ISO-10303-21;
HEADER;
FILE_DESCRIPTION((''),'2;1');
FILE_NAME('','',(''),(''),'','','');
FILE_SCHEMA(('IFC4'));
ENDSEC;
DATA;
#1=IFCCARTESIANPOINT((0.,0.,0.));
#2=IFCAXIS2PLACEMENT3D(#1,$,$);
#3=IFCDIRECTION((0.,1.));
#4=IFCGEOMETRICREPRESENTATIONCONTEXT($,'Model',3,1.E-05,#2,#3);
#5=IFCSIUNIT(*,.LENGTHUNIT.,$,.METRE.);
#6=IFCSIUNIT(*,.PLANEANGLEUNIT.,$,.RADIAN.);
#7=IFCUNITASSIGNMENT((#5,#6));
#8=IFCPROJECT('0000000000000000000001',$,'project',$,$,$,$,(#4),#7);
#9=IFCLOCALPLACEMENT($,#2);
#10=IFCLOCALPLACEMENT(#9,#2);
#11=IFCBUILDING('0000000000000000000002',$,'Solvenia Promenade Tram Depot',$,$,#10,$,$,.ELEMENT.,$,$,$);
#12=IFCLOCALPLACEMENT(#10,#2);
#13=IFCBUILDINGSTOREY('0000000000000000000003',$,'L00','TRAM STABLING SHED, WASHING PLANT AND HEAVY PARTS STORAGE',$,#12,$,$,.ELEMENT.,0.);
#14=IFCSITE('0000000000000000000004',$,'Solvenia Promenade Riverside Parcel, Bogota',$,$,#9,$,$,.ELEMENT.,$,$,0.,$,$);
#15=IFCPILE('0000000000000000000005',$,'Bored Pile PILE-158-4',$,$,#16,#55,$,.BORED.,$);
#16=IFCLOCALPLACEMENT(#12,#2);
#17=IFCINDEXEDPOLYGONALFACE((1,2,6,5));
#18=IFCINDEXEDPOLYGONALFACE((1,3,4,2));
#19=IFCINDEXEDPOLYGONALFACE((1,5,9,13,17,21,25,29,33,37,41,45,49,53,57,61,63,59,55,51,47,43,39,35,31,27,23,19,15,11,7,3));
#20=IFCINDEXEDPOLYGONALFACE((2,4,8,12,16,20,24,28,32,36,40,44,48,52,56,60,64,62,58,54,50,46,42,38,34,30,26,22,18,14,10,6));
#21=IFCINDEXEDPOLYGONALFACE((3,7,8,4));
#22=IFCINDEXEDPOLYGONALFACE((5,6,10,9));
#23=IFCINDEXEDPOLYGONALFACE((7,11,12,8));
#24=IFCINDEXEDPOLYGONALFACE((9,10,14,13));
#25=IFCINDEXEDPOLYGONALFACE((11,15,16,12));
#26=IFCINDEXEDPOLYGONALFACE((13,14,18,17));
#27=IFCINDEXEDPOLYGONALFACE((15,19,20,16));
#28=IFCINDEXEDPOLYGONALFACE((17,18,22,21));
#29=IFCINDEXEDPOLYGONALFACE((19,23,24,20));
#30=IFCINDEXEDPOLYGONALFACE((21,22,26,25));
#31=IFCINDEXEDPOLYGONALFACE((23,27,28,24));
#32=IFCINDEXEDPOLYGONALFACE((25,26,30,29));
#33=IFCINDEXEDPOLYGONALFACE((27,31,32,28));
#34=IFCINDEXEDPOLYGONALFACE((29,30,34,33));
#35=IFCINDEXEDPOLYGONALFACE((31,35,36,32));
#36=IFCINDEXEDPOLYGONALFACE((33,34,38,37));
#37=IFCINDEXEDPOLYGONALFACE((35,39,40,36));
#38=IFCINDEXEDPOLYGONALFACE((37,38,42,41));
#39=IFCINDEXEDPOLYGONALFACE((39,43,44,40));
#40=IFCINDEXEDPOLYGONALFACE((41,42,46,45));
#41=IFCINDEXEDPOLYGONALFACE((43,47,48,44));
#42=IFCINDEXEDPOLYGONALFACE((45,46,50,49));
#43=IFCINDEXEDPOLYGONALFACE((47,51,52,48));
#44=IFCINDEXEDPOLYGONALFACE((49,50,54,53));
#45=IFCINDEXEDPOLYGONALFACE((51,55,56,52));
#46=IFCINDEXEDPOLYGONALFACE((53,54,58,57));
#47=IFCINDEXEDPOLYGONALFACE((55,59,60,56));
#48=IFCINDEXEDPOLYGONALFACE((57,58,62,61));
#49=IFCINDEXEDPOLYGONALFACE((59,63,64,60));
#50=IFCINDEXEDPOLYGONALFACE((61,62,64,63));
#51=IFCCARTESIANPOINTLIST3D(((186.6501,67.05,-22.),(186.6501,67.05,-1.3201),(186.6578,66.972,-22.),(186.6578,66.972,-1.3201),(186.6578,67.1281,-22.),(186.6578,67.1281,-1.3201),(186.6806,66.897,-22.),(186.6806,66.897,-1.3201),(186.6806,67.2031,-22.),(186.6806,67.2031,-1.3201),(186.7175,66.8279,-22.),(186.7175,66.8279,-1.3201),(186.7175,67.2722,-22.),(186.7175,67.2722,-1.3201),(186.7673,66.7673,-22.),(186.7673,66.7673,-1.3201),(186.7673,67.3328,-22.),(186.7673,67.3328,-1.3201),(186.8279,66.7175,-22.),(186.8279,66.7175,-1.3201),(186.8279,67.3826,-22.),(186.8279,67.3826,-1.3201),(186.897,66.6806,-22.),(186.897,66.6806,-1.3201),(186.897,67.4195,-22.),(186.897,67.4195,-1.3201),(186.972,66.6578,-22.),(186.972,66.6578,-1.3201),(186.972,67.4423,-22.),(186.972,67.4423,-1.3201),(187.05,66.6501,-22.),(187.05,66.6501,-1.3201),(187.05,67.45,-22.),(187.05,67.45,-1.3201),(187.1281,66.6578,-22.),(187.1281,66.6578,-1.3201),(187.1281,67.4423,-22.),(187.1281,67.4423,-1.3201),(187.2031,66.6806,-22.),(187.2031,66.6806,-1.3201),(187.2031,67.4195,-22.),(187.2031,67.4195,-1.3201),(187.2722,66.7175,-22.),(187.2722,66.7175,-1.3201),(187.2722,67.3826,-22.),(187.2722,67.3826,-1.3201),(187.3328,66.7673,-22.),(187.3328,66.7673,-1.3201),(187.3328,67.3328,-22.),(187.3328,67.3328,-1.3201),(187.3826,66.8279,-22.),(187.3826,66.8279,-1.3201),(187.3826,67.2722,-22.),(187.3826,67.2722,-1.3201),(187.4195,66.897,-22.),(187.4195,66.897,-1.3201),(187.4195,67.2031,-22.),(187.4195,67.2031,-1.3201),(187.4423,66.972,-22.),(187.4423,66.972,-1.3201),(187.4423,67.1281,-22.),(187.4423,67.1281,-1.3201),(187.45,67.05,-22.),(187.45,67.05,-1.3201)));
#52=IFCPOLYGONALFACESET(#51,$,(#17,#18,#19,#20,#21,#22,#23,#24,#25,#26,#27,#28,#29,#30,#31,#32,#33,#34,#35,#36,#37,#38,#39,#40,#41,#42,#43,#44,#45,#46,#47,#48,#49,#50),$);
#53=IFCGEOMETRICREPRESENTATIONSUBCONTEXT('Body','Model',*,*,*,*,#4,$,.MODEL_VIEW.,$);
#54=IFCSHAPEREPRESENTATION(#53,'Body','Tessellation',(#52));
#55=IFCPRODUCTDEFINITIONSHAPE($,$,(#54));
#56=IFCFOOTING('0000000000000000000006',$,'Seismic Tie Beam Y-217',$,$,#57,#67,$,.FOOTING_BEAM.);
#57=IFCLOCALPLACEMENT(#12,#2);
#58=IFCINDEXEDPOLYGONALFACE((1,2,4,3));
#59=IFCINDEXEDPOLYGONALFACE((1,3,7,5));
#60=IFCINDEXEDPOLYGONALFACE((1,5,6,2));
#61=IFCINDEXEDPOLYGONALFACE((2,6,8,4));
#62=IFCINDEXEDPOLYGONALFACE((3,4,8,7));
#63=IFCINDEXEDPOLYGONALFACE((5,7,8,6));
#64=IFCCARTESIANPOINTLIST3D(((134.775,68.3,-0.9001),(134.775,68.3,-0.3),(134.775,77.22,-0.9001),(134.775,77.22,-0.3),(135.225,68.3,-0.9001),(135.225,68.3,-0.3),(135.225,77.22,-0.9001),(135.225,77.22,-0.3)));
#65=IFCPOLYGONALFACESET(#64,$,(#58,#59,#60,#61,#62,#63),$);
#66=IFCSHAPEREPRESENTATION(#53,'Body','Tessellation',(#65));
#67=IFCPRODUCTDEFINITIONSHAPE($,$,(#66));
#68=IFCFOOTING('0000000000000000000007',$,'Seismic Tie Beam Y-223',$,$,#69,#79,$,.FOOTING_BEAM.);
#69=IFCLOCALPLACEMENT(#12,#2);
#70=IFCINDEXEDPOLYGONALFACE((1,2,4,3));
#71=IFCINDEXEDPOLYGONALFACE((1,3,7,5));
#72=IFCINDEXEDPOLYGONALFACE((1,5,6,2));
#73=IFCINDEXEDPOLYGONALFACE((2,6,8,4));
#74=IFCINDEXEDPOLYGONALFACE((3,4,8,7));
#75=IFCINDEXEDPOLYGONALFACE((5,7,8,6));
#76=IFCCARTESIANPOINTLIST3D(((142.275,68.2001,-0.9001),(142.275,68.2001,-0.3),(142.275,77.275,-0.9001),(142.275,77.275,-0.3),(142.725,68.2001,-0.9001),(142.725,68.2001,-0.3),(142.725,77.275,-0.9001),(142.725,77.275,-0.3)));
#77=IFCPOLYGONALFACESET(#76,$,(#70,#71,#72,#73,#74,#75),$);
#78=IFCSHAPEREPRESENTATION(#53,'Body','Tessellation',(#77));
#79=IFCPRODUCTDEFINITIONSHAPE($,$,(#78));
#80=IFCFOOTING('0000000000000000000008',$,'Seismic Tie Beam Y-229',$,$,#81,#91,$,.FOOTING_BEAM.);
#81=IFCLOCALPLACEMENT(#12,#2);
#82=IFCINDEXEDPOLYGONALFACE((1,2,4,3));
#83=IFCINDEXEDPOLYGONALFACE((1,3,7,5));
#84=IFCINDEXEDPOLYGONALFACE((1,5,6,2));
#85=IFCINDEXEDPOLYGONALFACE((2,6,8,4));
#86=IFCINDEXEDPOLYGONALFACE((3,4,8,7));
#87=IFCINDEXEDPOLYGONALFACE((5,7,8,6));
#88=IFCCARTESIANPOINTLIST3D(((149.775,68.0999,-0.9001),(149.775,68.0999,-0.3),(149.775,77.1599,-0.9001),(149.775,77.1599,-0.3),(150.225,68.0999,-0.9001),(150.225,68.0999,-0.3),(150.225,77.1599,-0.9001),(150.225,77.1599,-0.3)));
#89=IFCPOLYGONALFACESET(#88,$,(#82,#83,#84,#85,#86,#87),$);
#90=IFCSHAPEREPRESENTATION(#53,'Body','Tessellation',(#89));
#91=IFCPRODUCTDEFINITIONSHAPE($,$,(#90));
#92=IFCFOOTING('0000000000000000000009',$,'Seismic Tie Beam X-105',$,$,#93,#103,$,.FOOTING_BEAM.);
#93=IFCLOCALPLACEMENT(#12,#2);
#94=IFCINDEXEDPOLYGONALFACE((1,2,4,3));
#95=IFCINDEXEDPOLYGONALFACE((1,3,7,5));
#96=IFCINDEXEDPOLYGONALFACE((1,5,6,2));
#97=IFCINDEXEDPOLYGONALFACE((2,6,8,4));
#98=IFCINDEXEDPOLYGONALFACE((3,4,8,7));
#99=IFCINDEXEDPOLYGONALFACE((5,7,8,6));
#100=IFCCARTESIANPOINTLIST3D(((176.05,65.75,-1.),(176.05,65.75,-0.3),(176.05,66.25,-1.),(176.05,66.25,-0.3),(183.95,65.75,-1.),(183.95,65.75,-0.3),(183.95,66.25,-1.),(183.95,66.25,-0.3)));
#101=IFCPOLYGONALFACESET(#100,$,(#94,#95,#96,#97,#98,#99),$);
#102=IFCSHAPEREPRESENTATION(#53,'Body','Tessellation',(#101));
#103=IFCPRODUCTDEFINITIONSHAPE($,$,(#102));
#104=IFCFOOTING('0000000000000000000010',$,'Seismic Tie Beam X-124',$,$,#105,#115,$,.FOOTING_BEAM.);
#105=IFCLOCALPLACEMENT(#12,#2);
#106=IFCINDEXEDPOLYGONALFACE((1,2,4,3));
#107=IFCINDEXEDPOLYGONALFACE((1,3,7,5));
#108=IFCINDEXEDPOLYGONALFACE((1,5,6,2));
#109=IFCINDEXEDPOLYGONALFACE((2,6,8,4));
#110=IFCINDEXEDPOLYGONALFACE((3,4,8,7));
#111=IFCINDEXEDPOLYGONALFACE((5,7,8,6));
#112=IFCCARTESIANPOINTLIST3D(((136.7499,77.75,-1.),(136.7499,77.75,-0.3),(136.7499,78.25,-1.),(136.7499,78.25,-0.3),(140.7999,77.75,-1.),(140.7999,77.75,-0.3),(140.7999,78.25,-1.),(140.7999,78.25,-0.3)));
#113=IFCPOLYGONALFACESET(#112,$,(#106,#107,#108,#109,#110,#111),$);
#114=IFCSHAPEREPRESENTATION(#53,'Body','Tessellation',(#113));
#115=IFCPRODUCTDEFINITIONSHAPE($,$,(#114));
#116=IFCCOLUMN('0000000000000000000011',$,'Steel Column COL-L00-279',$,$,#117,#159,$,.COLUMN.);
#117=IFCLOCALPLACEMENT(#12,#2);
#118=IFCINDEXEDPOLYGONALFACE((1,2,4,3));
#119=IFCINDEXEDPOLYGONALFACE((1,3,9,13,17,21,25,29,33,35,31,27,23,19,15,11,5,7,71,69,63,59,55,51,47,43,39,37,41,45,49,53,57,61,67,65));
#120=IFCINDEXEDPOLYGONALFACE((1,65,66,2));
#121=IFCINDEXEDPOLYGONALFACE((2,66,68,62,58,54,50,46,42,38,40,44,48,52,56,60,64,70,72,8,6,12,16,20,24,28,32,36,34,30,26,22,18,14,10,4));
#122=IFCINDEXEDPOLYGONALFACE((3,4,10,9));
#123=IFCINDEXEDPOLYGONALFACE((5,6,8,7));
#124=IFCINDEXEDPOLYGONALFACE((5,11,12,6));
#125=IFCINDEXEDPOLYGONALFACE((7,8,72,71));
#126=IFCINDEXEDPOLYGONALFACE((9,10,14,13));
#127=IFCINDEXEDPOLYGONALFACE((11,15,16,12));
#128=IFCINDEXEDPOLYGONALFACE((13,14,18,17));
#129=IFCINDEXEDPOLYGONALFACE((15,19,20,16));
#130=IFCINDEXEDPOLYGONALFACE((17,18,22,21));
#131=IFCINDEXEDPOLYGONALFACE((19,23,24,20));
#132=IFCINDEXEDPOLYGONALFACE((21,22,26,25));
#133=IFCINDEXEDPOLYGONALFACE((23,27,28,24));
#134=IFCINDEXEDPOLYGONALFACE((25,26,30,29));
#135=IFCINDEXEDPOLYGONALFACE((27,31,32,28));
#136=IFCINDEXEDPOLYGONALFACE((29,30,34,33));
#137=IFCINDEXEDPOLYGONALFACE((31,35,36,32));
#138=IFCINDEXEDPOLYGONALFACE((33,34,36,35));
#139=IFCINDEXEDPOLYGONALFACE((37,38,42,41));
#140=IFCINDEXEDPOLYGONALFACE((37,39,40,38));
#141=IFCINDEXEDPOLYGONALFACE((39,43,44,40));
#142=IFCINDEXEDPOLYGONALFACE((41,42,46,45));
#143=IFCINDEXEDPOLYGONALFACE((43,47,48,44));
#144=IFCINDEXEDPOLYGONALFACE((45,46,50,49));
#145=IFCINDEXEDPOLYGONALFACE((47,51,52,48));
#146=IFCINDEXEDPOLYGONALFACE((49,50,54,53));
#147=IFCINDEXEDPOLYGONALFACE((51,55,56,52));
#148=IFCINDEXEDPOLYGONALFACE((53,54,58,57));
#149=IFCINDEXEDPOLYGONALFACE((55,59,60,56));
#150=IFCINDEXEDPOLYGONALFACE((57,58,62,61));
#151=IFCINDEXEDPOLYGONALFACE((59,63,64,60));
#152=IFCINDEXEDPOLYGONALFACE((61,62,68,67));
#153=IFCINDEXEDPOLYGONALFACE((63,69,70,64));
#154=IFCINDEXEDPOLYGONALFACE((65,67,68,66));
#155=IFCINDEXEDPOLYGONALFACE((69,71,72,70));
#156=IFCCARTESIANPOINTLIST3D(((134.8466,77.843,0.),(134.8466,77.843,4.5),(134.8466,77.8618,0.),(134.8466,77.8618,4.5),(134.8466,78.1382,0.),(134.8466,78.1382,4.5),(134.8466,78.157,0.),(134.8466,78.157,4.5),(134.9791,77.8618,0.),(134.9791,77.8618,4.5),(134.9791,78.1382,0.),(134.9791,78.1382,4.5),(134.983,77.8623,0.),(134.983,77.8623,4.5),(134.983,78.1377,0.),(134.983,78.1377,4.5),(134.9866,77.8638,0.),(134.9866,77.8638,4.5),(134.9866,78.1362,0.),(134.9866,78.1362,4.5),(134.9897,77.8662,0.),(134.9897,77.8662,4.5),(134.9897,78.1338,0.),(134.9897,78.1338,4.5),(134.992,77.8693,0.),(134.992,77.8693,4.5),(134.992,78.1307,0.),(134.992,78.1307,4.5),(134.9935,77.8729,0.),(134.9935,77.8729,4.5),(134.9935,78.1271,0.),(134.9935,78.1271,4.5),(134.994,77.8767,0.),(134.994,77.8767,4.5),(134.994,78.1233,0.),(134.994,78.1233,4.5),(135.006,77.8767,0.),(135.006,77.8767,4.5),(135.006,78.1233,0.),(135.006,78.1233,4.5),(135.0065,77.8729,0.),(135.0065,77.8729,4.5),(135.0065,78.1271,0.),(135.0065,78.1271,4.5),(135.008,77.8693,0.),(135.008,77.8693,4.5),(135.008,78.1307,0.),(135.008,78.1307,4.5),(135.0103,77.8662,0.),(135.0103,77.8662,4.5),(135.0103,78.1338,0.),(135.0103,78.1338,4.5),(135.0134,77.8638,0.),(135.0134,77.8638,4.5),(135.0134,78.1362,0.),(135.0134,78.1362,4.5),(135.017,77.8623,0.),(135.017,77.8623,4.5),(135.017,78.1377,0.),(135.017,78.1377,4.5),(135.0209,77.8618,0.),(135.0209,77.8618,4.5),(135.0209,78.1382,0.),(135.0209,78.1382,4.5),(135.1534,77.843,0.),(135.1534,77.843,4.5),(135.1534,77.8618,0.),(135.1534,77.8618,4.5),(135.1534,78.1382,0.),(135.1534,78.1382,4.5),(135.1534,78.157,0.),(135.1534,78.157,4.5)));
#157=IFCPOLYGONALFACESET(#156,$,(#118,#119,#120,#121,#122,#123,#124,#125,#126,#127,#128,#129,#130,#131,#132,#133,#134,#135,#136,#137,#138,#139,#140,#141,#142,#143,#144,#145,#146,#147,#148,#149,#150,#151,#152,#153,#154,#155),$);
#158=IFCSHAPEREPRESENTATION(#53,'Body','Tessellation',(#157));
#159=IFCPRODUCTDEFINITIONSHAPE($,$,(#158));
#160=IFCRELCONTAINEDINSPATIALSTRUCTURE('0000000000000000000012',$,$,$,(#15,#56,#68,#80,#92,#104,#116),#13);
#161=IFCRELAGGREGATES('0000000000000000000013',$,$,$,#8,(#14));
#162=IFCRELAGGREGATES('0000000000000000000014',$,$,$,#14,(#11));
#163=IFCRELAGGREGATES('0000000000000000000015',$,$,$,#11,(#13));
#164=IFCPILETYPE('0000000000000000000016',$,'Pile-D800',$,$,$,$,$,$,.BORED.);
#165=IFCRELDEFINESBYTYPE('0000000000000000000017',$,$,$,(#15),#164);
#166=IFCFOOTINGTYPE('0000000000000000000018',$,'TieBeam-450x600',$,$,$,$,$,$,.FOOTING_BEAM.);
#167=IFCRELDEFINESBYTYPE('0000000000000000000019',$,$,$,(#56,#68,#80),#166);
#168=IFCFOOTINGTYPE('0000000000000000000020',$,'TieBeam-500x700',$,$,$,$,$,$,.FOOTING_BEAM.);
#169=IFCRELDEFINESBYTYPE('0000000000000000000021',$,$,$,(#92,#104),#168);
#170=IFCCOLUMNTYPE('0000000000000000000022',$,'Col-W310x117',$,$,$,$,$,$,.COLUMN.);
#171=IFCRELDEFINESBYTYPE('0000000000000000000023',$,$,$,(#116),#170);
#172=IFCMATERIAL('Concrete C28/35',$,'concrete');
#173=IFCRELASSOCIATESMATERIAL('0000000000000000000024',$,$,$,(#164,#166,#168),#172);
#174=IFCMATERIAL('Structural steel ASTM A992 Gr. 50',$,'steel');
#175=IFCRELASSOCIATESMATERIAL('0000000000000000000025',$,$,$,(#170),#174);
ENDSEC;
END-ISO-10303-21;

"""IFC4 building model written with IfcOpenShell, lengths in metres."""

from ifc_helpers import new_model, si_unit, direction, frame, origin, origin_2d, place, context, subcontext, project, spatial, rectangle, circle, i_section, extrude, material, material_profile, profile_set, type_object, element, save


model = new_model("IFC4")

# Units and contexts
model_context = context("Model", 3, precision=1e-05, world=origin(), true_north=direction((0.0, 1.0)))
body_context = subcontext(model_context, "Body", "Model", "MODEL_VIEW")
ifc_project = project(units=[si_unit("LENGTHUNIT", "METRE"), si_unit("PLANEANGLEUNIT", "RADIAN")], contexts=[model_context])

# Site, building, storey
site_placement = place(None, origin())
site = spatial("IfcSite", under=ifc_project, at=site_placement, Name="Solvenia Promenade Riverside Parcel, Bogota", CompositionType="ELEMENT", RefElevation=0.0)
building_placement = place(site_placement, origin())
building = spatial("IfcBuilding", under=site, at=building_placement, Name="Solvenia Promenade Tram Depot", CompositionType="ELEMENT")
storey_placement = place(building_placement, origin())
storey = spatial("IfcBuildingStorey", under=building, at=storey_placement, Name="L00", Description="TRAM STABLING SHED, WASHING PLANT AND HEAVY PARTS STORAGE", CompositionType="ELEMENT", Elevation=0.0)

# Shared definitions
ifc_material_1 = material(Name="Concrete C28/35", Category="concrete")

# Pile
ifc_material_profile_1 = material_profile(ifc_material_1, circle(Radius=0.3999, at=origin_2d()), Name="D800", Category="concrete")
ifc_profile_set_1 = profile_set([ifc_material_profile_1], Name="Concrete C28/35")
pile_type_1 = type_object("IfcPileType", Name="Pile-D800", PredefinedType="BORED", material=ifc_profile_set_1)
for number, where, z_axis, x_axis, name in (
    (1, (187.05, 67.05, -1.3201), (0.0, 0.0, -1.0), (1.0, 0.0, 0.0), "Bored Pile PILE-158-4"),
):
    element("IfcPile", number, at=place(storey_placement, frame(where, z_axis=z_axis, x_axis=x_axis)), inside=storey, type_object=pile_type_1, Name=name, PredefinedType="BORED", context=body_context, shape_type="SweptSolid", body=[
        extrude(circle(Radius=0.3999, at=origin_2d()), origin(), (0.0, 0.0, 1.0), 20.6799),
    ])

# Footings
footing_type_1 = type_object("IfcFootingType", Name="TieBeam-450x600", PredefinedType="FOOTING_BEAM", material=ifc_material_1)
footing_1_placement = place(storey_placement, frame((135.0, 72.76, -0.9001), z_axis=(0.0, 0.0, 1.0), x_axis=(1.0, 0.0, 0.0)))
element("IfcFooting", 2, at=footing_1_placement, inside=storey, type_object=footing_type_1, Name="Seismic Tie Beam Y-217", PredefinedType="FOOTING_BEAM", context=body_context, shape_type="SweptSolid", body=[
    extrude(rectangle(XDim=0.45, YDim=8.9199, at=origin_2d()), origin(), (0.0, 0.0, 1.0), 0.6001),
])
footing_2_placement = place(storey_placement, frame((142.5, 72.7375, -0.9001), z_axis=(0.0, 0.0, 1.0), x_axis=(1.0, 0.0, 0.0)))
element("IfcFooting", 3, at=footing_2_placement, inside=storey, type_object=footing_type_1, Name="Seismic Tie Beam Y-223", PredefinedType="FOOTING_BEAM", context=body_context, shape_type="SweptSolid", body=[
    extrude(rectangle(XDim=0.45, YDim=9.075, at=origin_2d()), origin(), (0.0, 0.0, 1.0), 0.6001),
])
footing_3_placement = place(storey_placement, frame((150.0, 72.6299, -0.9001), z_axis=(0.0, 0.0, 1.0), x_axis=(1.0, 0.0, 0.0)))
element("IfcFooting", 4, at=footing_3_placement, inside=storey, type_object=footing_type_1, Name="Seismic Tie Beam Y-229", PredefinedType="FOOTING_BEAM", context=body_context, shape_type="SweptSolid", body=[
    extrude(rectangle(XDim=0.45, YDim=9.0601, at=origin_2d()), origin(), (0.0, 0.0, 1.0), 0.6001),
])
footing_type_2 = type_object("IfcFootingType", Name="TieBeam-500x700", PredefinedType="FOOTING_BEAM", material=ifc_material_1)
footing_4_placement = place(storey_placement, frame((180.0, 66.0, -1.0), z_axis=(0.0, 0.0, 1.0), x_axis=(1.0, 0.0, 0.0)))
element("IfcFooting", 5, at=footing_4_placement, inside=storey, type_object=footing_type_2, Name="Seismic Tie Beam X-105", PredefinedType="FOOTING_BEAM", context=body_context, shape_type="SweptSolid", body=[
    extrude(rectangle(XDim=7.8999, YDim=0.5, at=origin_2d()), origin(), (0.0, 0.0, 1.0), 0.7),
])
footing_5_placement = place(storey_placement, frame((138.7749, 78.0, -1.0), z_axis=(0.0, 0.0, 1.0), x_axis=(1.0, 0.0, 0.0)))
element("IfcFooting", 6, at=footing_5_placement, inside=storey, type_object=footing_type_2, Name="Seismic Tie Beam X-124", PredefinedType="FOOTING_BEAM", context=body_context, shape_type="SweptSolid", body=[
    extrude(rectangle(XDim=4.05, YDim=0.5, at=origin_2d()), origin(), (0.0, 0.0, 1.0), 0.7),
])

# Column
ifc_material_2 = material(Name="Structural steel ASTM A992 Gr. 50", Category="steel")
ifc_material_profile_2 = material_profile(ifc_material_2, i_section(OverallWidth=0.3069, OverallDepth=0.314, WebThickness=0.012, FlangeThickness=0.0188, FilletRadius=0.0149, at=origin_2d()), Name="W310x117", Category="steel")
ifc_profile_set_2 = profile_set([ifc_material_profile_2], Name="Structural steel ASTM A992 Gr. 50")
column_type_1 = type_object("IfcColumnType", Name="Col-W310x117", PredefinedType="COLUMN", material=ifc_profile_set_2)
for number, where, z_axis, x_axis, name in (
    (7, (135.0, 78.0, 0.0), (0.0, 0.0, 1.0), (1.0, 0.0, 0.0), "Steel Column COL-L00-279"),
):
    element("IfcColumn", number, at=place(storey_placement, frame(where, z_axis=z_axis, x_axis=x_axis)), inside=storey, type_object=column_type_1, Name=name, PredefinedType="COLUMN", context=body_context, shape_type="SweptSolid", body=[
        extrude(i_section(OverallWidth=0.3069, OverallDepth=0.314, WebThickness=0.012, FlangeThickness=0.0188, FilletRadius=0.0149, at=origin_2d()), origin(), (0.0, 0.0, 1.0), 4.5),
    ])

save(model, "model.ifc")
